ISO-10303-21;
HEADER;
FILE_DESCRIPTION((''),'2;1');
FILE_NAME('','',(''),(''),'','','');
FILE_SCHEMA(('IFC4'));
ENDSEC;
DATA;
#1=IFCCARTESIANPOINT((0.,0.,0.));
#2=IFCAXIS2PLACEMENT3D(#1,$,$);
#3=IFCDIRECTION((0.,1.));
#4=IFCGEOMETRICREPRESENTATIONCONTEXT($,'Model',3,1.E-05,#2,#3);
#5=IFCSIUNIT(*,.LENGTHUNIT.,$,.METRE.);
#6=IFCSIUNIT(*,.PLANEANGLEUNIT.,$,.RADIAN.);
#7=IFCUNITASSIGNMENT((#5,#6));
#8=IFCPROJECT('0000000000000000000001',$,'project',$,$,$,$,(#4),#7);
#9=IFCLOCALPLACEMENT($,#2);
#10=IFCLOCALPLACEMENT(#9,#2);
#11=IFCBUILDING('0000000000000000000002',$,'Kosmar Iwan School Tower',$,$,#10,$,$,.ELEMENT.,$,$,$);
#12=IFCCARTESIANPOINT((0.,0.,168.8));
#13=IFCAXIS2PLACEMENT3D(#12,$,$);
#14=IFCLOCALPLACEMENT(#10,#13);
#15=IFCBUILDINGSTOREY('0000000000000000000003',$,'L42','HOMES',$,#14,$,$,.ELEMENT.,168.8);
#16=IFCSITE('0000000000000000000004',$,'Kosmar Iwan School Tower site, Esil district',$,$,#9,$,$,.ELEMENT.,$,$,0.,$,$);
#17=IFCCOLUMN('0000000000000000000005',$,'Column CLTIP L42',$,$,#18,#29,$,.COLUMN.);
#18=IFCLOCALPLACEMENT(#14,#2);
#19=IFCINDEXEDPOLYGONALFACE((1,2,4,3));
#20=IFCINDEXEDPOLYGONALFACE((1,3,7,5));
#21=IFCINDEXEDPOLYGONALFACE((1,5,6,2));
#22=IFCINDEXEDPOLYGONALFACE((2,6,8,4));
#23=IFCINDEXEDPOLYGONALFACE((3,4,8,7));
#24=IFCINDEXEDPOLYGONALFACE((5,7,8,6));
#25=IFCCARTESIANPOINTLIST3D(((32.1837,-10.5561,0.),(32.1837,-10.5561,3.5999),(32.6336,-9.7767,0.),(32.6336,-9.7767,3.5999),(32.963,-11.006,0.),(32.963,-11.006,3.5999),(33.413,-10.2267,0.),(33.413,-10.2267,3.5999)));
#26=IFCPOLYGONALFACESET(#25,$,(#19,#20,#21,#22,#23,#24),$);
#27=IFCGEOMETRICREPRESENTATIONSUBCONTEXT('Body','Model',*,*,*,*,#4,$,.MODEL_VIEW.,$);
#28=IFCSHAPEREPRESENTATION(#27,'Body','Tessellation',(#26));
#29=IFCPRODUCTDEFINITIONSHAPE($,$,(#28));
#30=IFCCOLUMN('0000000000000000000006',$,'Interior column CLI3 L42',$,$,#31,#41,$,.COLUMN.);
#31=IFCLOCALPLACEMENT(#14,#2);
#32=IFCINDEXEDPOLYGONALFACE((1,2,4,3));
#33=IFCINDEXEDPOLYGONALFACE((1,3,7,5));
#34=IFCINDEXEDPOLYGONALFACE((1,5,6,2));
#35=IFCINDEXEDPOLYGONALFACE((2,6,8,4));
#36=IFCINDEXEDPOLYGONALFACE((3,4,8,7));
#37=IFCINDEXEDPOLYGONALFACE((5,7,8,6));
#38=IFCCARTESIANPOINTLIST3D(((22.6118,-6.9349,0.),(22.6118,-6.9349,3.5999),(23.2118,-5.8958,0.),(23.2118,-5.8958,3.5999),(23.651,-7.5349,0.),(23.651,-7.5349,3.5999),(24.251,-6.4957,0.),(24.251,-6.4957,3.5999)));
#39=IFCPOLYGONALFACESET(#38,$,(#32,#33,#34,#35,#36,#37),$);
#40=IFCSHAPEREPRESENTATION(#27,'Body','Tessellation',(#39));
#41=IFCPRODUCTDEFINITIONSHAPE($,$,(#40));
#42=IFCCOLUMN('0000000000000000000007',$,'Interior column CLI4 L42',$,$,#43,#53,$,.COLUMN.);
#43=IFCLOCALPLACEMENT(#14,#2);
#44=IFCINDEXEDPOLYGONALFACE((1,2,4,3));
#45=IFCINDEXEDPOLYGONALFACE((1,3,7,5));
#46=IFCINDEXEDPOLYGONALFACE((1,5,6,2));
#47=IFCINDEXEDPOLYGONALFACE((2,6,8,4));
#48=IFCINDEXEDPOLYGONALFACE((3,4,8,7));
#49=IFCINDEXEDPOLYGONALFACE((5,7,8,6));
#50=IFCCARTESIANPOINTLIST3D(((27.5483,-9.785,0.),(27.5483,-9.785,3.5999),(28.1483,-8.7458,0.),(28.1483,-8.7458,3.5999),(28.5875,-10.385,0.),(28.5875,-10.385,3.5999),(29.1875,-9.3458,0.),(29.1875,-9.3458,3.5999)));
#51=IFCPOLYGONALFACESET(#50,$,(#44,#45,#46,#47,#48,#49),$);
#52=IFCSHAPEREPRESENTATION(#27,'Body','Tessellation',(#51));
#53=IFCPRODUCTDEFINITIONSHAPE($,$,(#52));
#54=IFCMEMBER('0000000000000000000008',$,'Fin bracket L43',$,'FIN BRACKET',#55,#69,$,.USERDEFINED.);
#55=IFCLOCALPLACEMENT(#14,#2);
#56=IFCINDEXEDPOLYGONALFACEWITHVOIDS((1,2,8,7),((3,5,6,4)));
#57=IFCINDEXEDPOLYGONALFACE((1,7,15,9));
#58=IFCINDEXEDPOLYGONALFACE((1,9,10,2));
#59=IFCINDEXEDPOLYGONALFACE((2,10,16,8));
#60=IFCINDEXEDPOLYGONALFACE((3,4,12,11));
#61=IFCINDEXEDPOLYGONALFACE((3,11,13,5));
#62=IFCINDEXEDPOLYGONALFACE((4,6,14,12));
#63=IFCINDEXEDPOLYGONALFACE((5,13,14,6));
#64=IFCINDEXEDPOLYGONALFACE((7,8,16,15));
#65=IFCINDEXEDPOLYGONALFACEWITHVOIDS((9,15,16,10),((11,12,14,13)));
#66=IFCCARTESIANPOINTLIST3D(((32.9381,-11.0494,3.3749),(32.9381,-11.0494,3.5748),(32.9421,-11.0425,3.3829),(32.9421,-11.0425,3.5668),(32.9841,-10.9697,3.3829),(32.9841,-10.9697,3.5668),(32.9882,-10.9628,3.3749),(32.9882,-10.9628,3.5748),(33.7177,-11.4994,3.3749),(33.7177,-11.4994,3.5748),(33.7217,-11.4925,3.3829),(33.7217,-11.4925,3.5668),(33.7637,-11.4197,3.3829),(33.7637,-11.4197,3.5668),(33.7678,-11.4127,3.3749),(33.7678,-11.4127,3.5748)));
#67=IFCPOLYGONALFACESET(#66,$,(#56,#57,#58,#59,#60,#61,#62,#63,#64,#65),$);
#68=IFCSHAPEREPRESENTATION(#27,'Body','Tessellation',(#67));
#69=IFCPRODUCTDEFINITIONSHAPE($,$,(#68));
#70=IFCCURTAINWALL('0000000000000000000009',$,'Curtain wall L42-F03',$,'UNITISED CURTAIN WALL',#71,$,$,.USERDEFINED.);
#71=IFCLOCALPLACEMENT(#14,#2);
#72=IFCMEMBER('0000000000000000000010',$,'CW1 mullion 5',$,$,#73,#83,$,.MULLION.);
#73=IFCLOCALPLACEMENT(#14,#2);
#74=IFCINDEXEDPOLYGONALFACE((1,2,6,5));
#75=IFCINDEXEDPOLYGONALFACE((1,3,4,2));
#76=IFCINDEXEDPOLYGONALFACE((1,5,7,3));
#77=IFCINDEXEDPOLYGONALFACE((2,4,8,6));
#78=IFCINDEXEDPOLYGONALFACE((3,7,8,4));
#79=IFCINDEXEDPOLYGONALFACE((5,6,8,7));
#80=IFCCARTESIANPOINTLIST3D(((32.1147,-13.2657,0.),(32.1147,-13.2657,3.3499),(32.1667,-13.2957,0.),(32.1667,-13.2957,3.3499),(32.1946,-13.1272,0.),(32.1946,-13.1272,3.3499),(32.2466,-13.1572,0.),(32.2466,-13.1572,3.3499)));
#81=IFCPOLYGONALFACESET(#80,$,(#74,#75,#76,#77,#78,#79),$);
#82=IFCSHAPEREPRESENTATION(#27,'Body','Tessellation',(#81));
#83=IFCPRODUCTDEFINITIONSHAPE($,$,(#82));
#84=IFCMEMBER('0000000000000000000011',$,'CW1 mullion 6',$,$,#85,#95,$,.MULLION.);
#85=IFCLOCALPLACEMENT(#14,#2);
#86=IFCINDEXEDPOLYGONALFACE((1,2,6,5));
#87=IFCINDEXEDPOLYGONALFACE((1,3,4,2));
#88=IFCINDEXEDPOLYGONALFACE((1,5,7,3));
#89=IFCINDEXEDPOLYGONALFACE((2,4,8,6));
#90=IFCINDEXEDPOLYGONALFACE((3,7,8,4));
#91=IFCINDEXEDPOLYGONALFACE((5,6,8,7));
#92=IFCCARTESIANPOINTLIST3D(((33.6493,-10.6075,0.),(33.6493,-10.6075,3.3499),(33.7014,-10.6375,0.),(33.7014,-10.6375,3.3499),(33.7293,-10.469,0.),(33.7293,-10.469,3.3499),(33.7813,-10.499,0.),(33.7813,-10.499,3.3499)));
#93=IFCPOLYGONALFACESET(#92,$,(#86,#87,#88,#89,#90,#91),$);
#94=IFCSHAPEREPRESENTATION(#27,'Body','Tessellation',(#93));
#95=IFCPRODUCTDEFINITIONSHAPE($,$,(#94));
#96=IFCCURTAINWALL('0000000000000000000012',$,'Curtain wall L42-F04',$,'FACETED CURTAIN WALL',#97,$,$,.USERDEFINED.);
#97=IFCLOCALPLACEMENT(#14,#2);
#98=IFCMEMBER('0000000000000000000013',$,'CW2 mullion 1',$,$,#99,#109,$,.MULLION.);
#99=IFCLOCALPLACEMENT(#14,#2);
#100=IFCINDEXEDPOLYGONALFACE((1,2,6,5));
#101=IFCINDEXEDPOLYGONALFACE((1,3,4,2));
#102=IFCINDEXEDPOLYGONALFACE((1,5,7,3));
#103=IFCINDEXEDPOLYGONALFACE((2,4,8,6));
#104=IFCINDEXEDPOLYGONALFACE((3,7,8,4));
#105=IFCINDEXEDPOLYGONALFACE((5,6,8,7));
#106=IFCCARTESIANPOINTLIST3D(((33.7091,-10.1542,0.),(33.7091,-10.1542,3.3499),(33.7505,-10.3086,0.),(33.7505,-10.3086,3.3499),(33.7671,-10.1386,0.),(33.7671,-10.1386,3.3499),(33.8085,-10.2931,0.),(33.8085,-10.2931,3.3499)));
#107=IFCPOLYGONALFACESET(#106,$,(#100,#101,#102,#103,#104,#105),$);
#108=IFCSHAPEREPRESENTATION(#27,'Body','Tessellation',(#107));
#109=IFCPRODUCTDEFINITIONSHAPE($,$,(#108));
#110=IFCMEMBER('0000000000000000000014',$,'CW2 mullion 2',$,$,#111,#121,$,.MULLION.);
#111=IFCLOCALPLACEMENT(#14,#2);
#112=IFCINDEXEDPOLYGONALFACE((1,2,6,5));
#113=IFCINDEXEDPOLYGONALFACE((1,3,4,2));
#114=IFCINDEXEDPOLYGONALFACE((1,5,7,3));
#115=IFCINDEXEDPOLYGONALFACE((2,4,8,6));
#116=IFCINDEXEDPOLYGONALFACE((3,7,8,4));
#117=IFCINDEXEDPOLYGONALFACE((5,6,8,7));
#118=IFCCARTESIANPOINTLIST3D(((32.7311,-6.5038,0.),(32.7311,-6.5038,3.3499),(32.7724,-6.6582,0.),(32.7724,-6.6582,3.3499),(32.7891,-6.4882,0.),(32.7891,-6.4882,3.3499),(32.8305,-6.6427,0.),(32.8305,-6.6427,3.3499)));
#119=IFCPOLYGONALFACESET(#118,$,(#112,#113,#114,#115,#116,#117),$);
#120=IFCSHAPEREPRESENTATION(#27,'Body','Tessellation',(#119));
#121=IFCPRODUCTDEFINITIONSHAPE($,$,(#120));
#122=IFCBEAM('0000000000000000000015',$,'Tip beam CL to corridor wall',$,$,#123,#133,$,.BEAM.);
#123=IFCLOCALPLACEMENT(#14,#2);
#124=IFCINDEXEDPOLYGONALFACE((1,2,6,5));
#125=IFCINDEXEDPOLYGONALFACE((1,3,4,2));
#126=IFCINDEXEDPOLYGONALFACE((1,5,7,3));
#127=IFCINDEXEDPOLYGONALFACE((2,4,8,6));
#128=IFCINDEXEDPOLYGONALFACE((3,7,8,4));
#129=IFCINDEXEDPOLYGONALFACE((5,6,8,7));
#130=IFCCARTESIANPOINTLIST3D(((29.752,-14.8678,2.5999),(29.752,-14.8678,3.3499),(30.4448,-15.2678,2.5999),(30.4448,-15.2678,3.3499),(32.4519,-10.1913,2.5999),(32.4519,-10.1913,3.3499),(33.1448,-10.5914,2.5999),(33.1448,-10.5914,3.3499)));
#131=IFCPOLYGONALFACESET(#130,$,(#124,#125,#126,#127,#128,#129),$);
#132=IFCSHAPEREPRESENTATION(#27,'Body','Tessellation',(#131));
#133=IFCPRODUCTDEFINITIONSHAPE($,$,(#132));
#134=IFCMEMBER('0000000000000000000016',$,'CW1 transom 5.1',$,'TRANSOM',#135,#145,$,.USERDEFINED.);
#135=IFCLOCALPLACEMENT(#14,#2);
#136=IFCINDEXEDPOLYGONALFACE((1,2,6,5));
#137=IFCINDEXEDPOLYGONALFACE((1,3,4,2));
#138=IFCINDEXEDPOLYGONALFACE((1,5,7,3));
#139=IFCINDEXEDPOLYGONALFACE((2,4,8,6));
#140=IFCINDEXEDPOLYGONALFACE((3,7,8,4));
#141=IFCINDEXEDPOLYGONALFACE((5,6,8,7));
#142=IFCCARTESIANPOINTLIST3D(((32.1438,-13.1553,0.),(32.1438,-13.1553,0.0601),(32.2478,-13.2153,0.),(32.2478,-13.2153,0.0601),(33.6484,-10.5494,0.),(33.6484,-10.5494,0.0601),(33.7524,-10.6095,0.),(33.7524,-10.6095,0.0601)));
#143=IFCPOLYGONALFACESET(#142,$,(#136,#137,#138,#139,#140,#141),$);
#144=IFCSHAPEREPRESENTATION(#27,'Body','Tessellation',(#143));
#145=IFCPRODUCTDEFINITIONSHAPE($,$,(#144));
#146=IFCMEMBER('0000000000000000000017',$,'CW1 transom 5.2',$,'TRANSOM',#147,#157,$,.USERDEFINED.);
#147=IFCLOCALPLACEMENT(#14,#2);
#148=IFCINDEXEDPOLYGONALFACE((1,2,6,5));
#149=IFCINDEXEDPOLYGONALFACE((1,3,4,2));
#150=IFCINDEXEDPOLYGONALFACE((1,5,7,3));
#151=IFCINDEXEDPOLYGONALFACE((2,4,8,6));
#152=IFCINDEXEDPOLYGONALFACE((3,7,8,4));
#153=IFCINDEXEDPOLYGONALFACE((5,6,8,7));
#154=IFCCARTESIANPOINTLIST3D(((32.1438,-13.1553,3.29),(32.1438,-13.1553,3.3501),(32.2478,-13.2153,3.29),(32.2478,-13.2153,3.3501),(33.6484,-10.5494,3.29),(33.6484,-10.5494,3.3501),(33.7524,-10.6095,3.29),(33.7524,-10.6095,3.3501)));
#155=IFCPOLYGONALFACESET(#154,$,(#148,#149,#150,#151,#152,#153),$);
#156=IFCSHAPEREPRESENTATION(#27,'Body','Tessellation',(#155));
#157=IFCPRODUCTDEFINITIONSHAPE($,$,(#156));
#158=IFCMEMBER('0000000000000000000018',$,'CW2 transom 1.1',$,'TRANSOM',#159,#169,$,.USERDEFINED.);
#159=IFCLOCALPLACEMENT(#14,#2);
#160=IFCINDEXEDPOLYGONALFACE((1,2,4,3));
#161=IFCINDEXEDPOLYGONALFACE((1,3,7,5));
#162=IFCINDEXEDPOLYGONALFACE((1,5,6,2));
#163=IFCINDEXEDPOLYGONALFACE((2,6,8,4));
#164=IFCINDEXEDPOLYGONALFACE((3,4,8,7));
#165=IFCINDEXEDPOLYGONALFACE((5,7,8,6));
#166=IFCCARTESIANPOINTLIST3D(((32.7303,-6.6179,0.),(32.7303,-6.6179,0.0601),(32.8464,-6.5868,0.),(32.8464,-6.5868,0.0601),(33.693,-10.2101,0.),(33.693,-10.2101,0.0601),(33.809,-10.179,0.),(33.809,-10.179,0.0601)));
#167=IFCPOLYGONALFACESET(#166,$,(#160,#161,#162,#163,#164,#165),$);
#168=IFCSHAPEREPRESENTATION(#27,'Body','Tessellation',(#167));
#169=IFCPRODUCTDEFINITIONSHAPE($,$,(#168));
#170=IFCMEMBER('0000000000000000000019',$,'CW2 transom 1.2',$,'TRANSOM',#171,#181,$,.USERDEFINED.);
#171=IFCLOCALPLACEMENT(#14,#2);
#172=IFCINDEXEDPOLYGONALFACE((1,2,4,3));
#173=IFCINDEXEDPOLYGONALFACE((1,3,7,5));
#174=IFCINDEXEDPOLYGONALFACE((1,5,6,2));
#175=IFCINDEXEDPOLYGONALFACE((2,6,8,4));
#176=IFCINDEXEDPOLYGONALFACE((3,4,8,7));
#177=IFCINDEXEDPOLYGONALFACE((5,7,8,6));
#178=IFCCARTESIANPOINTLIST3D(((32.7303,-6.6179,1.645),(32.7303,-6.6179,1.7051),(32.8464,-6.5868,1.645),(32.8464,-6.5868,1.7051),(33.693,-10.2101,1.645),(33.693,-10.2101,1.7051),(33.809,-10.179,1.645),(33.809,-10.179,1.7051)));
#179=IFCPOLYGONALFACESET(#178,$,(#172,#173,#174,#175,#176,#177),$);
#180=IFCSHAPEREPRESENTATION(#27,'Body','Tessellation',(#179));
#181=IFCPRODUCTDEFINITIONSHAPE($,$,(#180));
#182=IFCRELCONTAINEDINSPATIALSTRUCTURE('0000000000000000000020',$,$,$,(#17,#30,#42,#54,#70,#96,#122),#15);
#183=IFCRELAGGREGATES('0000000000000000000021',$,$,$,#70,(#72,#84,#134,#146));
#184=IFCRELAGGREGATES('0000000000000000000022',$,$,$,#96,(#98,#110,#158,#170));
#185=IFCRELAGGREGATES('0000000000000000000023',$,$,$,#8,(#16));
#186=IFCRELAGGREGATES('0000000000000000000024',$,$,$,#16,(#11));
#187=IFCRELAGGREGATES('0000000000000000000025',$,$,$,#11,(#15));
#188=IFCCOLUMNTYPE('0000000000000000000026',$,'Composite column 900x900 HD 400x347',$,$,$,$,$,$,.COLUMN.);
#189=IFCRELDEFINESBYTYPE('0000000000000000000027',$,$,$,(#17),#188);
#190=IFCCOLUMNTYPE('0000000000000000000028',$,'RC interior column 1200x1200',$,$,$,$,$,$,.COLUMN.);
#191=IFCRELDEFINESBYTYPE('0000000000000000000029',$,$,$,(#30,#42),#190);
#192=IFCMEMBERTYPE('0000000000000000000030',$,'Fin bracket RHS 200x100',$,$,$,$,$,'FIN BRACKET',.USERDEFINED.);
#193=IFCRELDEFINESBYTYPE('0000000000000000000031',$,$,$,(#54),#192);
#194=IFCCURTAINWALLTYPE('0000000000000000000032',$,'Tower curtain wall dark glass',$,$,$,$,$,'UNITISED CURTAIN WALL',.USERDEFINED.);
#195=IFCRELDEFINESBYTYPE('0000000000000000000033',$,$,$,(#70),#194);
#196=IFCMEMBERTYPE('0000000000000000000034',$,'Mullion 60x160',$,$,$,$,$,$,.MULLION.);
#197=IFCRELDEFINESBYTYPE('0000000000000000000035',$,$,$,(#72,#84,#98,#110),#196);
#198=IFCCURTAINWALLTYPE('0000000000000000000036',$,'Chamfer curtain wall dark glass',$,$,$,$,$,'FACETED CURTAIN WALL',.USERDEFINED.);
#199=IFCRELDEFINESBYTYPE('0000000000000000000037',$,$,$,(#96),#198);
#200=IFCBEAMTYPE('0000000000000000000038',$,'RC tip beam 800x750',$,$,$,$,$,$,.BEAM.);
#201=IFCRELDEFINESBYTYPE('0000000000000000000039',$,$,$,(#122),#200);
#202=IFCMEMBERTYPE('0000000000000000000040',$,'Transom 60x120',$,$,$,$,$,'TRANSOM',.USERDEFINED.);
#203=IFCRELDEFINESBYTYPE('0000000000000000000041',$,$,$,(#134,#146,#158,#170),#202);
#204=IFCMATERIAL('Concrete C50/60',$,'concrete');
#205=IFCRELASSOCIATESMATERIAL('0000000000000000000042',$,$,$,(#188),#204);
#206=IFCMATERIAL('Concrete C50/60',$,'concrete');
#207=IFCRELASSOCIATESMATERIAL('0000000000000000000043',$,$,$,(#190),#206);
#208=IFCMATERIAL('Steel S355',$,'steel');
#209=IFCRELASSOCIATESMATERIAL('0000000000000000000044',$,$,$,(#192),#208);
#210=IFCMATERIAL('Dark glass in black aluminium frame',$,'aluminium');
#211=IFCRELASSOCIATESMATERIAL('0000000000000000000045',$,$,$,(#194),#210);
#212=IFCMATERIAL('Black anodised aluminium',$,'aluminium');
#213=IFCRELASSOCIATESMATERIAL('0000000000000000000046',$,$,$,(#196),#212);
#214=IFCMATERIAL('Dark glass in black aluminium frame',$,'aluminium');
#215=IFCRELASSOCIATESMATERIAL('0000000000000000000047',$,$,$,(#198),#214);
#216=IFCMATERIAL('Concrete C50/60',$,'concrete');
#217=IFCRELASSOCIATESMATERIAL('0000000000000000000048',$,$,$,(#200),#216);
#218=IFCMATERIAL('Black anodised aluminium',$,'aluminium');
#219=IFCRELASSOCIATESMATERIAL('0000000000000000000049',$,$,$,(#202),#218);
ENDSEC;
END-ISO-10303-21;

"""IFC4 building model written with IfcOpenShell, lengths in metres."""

from ifc_helpers import new_model, si_unit, direction, frame, origin, origin_2d, place, context, subcontext, project, spatial, rectangle, hollow_rectangle, extrude, material, material_profile, profile_set, type_object, element, aggregate, save


model = new_model("IFC4")

# Units and contexts
model_context = context("Model", 3, precision=1e-05, world=origin(), true_north=direction((0.0, 1.0)))
body_context = subcontext(model_context, "Body", "Model", "MODEL_VIEW")
ifc_project = project(units=[si_unit("LENGTHUNIT", "METRE"), si_unit("PLANEANGLEUNIT", "RADIAN")], contexts=[model_context])

# Site, building, storey
site_placement = place(None, origin())
site = spatial("IfcSite", under=ifc_project, at=site_placement, Name="Kosmar Iwan School Tower site, Esil district", CompositionType="ELEMENT", RefElevation=0.0)
building_placement = place(site_placement, origin())
building = spatial("IfcBuilding", under=site, at=building_placement, Name="Kosmar Iwan School Tower", CompositionType="ELEMENT")
storey_placement = place(building_placement, frame((0.0, 0.0, 168.8)))
storey = spatial("IfcBuildingStorey", under=building, at=storey_placement, Name="L42", Description="HOMES", CompositionType="ELEMENT", Elevation=168.8)

# Columns
ifc_material_1 = material(Name="Concrete C50/60", Category="concrete")
ifc_material_profile_1 = material_profile(ifc_material_1, rectangle(XDim=0.8999, YDim=0.8999, at=origin_2d()), Name="RC 900x900 + HD 400x347")
ifc_profile_set_1 = profile_set([ifc_material_profile_1], Name="Concrete C50/60")
column_type_1 = type_object("IfcColumnType", Name="Composite column 900x900 HD 400x347", PredefinedType="COLUMN", material=ifc_profile_set_1)
column_placement = place(storey_placement, frame((32.7983, -10.3914, 0.0), z_axis=(0.0, 0.0, 1.0), x_axis=(0.866025, -0.5, 0.0)))
element("IfcColumn", 1, at=column_placement, inside=storey, type_object=column_type_1, Name="Column CLTIP L42", PredefinedType="COLUMN", context=body_context, shape_type="SweptSolid", body=[
    extrude(rectangle(XDim=0.8999, YDim=0.8999, at=origin_2d()), origin(), (0.0, 0.0, 1.0), 3.5999),
])
ifc_material_2 = material(Name="Concrete C50/60", Category="concrete")
ifc_material_profile_2 = material_profile(ifc_material_2, rectangle(XDim=1.2, YDim=1.2, at=origin_2d()), Name="RC 1200x1200")
ifc_profile_set_2 = profile_set([ifc_material_profile_2], Name="Concrete C50/60")
column_type_2 = type_object("IfcColumnType", Name="RC interior column 1200x1200", PredefinedType="COLUMN", material=ifc_profile_set_2)
for number, where, z_axis, x_axis, name in (
    (2, (23.4314, -6.7153, 0.0), (0.0, 0.0, 1.0), (0.866025, -0.5, 0.0), "Interior column CLI3 L42"),
    (3, (28.3679, -9.5654, 0.0), (0.0, 0.0, 1.0), (0.866025, -0.5, 0.0), "Interior column CLI4 L42"),
):
    element("IfcColumn", number, at=place(storey_placement, frame(where, z_axis=z_axis, x_axis=x_axis)), inside=storey, type_object=column_type_2, Name=name, PredefinedType="COLUMN", context=body_context, shape_type="SweptSolid", body=[
        extrude(rectangle(XDim=1.2, YDim=1.2, at=origin_2d()), origin(), (0.0, 0.0, 1.0), 3.5999),
    ])

# Member
ifc_material_3 = material(Name="Steel S355", Category="steel")
ifc_material_profile_3 = material_profile(ifc_material_3, hollow_rectangle(XDim=0.1001, YDim=0.2, WallThickness=0.0081, at=origin_2d()), Name="RHS 200x100x8")
ifc_profile_set_3 = profile_set([ifc_material_profile_3], Name="Steel S355")
member_type_1 = type_object("IfcMemberType", Name="Fin bracket RHS 200x100", ElementType="FIN BRACKET", PredefinedType="USERDEFINED", material=ifc_profile_set_3)
member_1_placement = place(storey_placement, frame((32.9631, -11.0061, 3.4749), z_axis=(0.866082, -0.499902, 0.0), x_axis=(0.499902, 0.866082, 0.0)))
element("IfcMember", 4, at=member_1_placement, inside=storey, type_object=member_type_1, Name="Fin bracket L43", ObjectType="FIN BRACKET", PredefinedType="USERDEFINED", context=body_context, shape_type="SweptSolid", body=[
    extrude(hollow_rectangle(XDim=0.1001, YDim=0.2, WallThickness=0.0081, at=origin_2d()), origin(), (0.0, 0.0, 1.0), 0.9001),
])

# Curtain walls, members
ifc_material_4 = material(Name="Dark glass in black aluminium frame", Category="aluminium")
curtain_wall_type_1 = type_object("IfcCurtainWallType", Name="Tower curtain wall dark glass", ElementType="UNITISED CURTAIN WALL", PredefinedType="USERDEFINED", material=ifc_material_4)
curtain_wall_1_placement = place(storey_placement, origin())
curtain_wall_1 = element("IfcCurtainWall", 5, at=curtain_wall_1_placement, inside=storey, type_object=curtain_wall_type_1, Name="Curtain wall L42-F03", ObjectType="UNITISED CURTAIN WALL", PredefinedType="USERDEFINED")
ifc_material_5 = material(Name="Black anodised aluminium", Category="aluminium")
ifc_material_profile_4 = material_profile(ifc_material_5, rectangle(XDim=0.0601, YDim=0.1599, at=origin_2d()), Name="MULLION 60x160")
ifc_profile_set_4 = profile_set([ifc_material_profile_4], Name="Black anodised aluminium")
member_type_2 = type_object("IfcMemberType", Name="Mullion 60x160", PredefinedType="MULLION", material=ifc_profile_set_4)
member_2_placement = place(storey_placement, frame((32.1807, -13.2114, 0.0), z_axis=(0.0, 0.0, 1.0), x_axis=(-0.866025, 0.5, 0.0)))
member_2 = element("IfcMember", 6, at=member_2_placement, type_object=member_type_2, Name="CW1 mullion 5", PredefinedType="MULLION", context=body_context, shape_type="SweptSolid", body=[
    extrude(rectangle(XDim=0.0601, YDim=0.1599, at=origin_2d()), origin(), (0.0, 0.0, 1.0), 3.3499),
])
member_3_placement = place(storey_placement, frame((33.7153, -10.5532, 0.0), z_axis=(0.0, 0.0, 1.0), x_axis=(-0.866025, 0.5, 0.0)))
member_3 = element("IfcMember", 7, at=member_3_placement, type_object=member_type_2, Name="CW1 mullion 6", PredefinedType="MULLION", context=body_context, shape_type="SweptSolid", body=[
    extrude(rectangle(XDim=0.0601, YDim=0.1599, at=origin_2d()), origin(), (0.0, 0.0, 1.0), 3.3499),
])
ifc_material_6 = material(Name="Dark glass in black aluminium frame", Category="aluminium")
curtain_wall_type_2 = type_object("IfcCurtainWallType", Name="Chamfer curtain wall dark glass", ElementType="FACETED CURTAIN WALL", PredefinedType="USERDEFINED", material=ifc_material_6)
curtain_wall_2_placement = place(storey_placement, origin())
curtain_wall_2 = element("IfcCurtainWall", 8, at=curtain_wall_2_placement, inside=storey, type_object=curtain_wall_type_2, Name="Curtain wall L42-F04", ObjectType="FACETED CURTAIN WALL", PredefinedType="USERDEFINED")
member_4_placement = place(storey_placement, frame((33.7588, -10.2236, 0.0), z_axis=(0.0, 0.0, 1.0), x_axis=(-0.965926, -0.258819, 0.0)))
member_4 = element("IfcMember", 9, at=member_4_placement, type_object=member_type_2, Name="CW2 mullion 1", PredefinedType="MULLION", context=body_context, shape_type="SweptSolid", body=[
    extrude(rectangle(XDim=0.0601, YDim=0.1599, at=origin_2d()), origin(), (0.0, 0.0, 1.0), 3.3499),
])
member_5_placement = place(storey_placement, frame((32.7808, -6.5732, 0.0), z_axis=(0.0, 0.0, 1.0), x_axis=(-0.965926, -0.258819, 0.0)))
member_5 = element("IfcMember", 10, at=member_5_placement, type_object=member_type_2, Name="CW2 mullion 2", PredefinedType="MULLION", context=body_context, shape_type="SweptSolid", body=[
    extrude(rectangle(XDim=0.0601, YDim=0.1599, at=origin_2d()), origin(), (0.0, 0.0, 1.0), 3.3499),
])

# Beam
ifc_material_7 = material(Name="Concrete C50/60", Category="concrete")
ifc_material_profile_5 = material_profile(ifc_material_7, rectangle(XDim=0.8, YDim=0.75, at=origin_2d()), Name="RC 800x750")
ifc_profile_set_5 = profile_set([ifc_material_profile_5], Name="Concrete C50/60")
beam_type = type_object("IfcBeamType", Name="RC tip beam 800x750", PredefinedType="BEAM", material=ifc_profile_set_5)
beam_placement = place(storey_placement, frame((32.7983, -10.3914, 2.9749), z_axis=(-0.499995, -0.866028, 0.0), x_axis=(0.866028, -0.499995, 0.0)))
element("IfcBeam", 11, at=beam_placement, inside=storey, type_object=beam_type, Name="Tip beam CL to corridor wall", PredefinedType="BEAM", context=body_context, shape_type="SweptSolid", body=[
    extrude(rectangle(XDim=0.8, YDim=0.75, at=origin_2d()), origin(), (0.0, 0.0, 1.0), 5.3999),
])

# Members
ifc_material_8 = material(Name="Black anodised aluminium", Category="aluminium")
ifc_material_profile_6 = material_profile(ifc_material_8, rectangle(XDim=0.1201, YDim=0.0601, at=origin_2d()), Name="TRANSOM 60x120")
ifc_profile_set_6 = profile_set([ifc_material_profile_6], Name="Black anodised aluminium")
member_type_3 = type_object("IfcMemberType", Name="Transom 60x120", ElementType="TRANSOM", PredefinedType="USERDEFINED", material=ifc_profile_set_6)
member_6_placement = place(storey_placement, frame((32.1958, -13.1853, 0.03), z_axis=(0.500022, 0.866013, 0.0), x_axis=(-0.866013, 0.500022, 0.0)))
member_6 = element("IfcMember", 12, at=member_6_placement, type_object=member_type_3, Name="CW1 transom 5.1", ObjectType="TRANSOM", PredefinedType="USERDEFINED", context=body_context, shape_type="SweptSolid", body=[
    extrude(rectangle(XDim=0.1201, YDim=0.0601, at=origin_2d()), origin(), (0.0, 0.0, 1.0), 3.009),
])
member_7_placement = place(storey_placement, frame((32.1958, -13.1853, 3.3201), z_axis=(0.500022, 0.866013, 0.0), x_axis=(-0.866013, 0.500022, 0.0)))
member_7 = element("IfcMember", 13, at=member_7_placement, type_object=member_type_3, Name="CW1 transom 5.2", ObjectType="TRANSOM", PredefinedType="USERDEFINED", context=body_context, shape_type="SweptSolid", body=[
    extrude(rectangle(XDim=0.1201, YDim=0.0601, at=origin_2d()), origin(), (0.0, 0.0, 1.0), 3.009),
])
member_8_placement = place(storey_placement, frame((33.751, -10.1946, 0.03), z_axis=(-0.258843, 0.965919, 0.0), x_axis=(-0.965919, -0.258843, 0.0)))
member_8 = element("IfcMember", 14, at=member_8_placement, type_object=member_type_3, Name="CW2 transom 1.1", ObjectType="TRANSOM", PredefinedType="USERDEFINED", context=body_context, shape_type="SweptSolid", body=[
    extrude(rectangle(XDim=0.1201, YDim=0.0601, at=origin_2d()), origin(), (0.0, 0.0, 1.0), 3.719),
])
member_9_placement = place(storey_placement, frame((33.751, -10.1946, 1.675), z_axis=(-0.258843, 0.965919, 0.0), x_axis=(-0.965919, -0.258843, 0.0)))
member_9 = element("IfcMember", 15, at=member_9_placement, type_object=member_type_3, Name="CW2 transom 1.2", ObjectType="TRANSOM", PredefinedType="USERDEFINED", context=body_context, shape_type="SweptSolid", body=[
    extrude(rectangle(XDim=0.1201, YDim=0.0601, at=origin_2d()), origin(), (0.0, 0.0, 1.0), 3.719),
])

aggregate(curtain_wall_1, [member_2, member_3, member_6, member_7])
aggregate(curtain_wall_2, [member_4, member_5, member_8, member_9])

save(model, "model.ifc")
